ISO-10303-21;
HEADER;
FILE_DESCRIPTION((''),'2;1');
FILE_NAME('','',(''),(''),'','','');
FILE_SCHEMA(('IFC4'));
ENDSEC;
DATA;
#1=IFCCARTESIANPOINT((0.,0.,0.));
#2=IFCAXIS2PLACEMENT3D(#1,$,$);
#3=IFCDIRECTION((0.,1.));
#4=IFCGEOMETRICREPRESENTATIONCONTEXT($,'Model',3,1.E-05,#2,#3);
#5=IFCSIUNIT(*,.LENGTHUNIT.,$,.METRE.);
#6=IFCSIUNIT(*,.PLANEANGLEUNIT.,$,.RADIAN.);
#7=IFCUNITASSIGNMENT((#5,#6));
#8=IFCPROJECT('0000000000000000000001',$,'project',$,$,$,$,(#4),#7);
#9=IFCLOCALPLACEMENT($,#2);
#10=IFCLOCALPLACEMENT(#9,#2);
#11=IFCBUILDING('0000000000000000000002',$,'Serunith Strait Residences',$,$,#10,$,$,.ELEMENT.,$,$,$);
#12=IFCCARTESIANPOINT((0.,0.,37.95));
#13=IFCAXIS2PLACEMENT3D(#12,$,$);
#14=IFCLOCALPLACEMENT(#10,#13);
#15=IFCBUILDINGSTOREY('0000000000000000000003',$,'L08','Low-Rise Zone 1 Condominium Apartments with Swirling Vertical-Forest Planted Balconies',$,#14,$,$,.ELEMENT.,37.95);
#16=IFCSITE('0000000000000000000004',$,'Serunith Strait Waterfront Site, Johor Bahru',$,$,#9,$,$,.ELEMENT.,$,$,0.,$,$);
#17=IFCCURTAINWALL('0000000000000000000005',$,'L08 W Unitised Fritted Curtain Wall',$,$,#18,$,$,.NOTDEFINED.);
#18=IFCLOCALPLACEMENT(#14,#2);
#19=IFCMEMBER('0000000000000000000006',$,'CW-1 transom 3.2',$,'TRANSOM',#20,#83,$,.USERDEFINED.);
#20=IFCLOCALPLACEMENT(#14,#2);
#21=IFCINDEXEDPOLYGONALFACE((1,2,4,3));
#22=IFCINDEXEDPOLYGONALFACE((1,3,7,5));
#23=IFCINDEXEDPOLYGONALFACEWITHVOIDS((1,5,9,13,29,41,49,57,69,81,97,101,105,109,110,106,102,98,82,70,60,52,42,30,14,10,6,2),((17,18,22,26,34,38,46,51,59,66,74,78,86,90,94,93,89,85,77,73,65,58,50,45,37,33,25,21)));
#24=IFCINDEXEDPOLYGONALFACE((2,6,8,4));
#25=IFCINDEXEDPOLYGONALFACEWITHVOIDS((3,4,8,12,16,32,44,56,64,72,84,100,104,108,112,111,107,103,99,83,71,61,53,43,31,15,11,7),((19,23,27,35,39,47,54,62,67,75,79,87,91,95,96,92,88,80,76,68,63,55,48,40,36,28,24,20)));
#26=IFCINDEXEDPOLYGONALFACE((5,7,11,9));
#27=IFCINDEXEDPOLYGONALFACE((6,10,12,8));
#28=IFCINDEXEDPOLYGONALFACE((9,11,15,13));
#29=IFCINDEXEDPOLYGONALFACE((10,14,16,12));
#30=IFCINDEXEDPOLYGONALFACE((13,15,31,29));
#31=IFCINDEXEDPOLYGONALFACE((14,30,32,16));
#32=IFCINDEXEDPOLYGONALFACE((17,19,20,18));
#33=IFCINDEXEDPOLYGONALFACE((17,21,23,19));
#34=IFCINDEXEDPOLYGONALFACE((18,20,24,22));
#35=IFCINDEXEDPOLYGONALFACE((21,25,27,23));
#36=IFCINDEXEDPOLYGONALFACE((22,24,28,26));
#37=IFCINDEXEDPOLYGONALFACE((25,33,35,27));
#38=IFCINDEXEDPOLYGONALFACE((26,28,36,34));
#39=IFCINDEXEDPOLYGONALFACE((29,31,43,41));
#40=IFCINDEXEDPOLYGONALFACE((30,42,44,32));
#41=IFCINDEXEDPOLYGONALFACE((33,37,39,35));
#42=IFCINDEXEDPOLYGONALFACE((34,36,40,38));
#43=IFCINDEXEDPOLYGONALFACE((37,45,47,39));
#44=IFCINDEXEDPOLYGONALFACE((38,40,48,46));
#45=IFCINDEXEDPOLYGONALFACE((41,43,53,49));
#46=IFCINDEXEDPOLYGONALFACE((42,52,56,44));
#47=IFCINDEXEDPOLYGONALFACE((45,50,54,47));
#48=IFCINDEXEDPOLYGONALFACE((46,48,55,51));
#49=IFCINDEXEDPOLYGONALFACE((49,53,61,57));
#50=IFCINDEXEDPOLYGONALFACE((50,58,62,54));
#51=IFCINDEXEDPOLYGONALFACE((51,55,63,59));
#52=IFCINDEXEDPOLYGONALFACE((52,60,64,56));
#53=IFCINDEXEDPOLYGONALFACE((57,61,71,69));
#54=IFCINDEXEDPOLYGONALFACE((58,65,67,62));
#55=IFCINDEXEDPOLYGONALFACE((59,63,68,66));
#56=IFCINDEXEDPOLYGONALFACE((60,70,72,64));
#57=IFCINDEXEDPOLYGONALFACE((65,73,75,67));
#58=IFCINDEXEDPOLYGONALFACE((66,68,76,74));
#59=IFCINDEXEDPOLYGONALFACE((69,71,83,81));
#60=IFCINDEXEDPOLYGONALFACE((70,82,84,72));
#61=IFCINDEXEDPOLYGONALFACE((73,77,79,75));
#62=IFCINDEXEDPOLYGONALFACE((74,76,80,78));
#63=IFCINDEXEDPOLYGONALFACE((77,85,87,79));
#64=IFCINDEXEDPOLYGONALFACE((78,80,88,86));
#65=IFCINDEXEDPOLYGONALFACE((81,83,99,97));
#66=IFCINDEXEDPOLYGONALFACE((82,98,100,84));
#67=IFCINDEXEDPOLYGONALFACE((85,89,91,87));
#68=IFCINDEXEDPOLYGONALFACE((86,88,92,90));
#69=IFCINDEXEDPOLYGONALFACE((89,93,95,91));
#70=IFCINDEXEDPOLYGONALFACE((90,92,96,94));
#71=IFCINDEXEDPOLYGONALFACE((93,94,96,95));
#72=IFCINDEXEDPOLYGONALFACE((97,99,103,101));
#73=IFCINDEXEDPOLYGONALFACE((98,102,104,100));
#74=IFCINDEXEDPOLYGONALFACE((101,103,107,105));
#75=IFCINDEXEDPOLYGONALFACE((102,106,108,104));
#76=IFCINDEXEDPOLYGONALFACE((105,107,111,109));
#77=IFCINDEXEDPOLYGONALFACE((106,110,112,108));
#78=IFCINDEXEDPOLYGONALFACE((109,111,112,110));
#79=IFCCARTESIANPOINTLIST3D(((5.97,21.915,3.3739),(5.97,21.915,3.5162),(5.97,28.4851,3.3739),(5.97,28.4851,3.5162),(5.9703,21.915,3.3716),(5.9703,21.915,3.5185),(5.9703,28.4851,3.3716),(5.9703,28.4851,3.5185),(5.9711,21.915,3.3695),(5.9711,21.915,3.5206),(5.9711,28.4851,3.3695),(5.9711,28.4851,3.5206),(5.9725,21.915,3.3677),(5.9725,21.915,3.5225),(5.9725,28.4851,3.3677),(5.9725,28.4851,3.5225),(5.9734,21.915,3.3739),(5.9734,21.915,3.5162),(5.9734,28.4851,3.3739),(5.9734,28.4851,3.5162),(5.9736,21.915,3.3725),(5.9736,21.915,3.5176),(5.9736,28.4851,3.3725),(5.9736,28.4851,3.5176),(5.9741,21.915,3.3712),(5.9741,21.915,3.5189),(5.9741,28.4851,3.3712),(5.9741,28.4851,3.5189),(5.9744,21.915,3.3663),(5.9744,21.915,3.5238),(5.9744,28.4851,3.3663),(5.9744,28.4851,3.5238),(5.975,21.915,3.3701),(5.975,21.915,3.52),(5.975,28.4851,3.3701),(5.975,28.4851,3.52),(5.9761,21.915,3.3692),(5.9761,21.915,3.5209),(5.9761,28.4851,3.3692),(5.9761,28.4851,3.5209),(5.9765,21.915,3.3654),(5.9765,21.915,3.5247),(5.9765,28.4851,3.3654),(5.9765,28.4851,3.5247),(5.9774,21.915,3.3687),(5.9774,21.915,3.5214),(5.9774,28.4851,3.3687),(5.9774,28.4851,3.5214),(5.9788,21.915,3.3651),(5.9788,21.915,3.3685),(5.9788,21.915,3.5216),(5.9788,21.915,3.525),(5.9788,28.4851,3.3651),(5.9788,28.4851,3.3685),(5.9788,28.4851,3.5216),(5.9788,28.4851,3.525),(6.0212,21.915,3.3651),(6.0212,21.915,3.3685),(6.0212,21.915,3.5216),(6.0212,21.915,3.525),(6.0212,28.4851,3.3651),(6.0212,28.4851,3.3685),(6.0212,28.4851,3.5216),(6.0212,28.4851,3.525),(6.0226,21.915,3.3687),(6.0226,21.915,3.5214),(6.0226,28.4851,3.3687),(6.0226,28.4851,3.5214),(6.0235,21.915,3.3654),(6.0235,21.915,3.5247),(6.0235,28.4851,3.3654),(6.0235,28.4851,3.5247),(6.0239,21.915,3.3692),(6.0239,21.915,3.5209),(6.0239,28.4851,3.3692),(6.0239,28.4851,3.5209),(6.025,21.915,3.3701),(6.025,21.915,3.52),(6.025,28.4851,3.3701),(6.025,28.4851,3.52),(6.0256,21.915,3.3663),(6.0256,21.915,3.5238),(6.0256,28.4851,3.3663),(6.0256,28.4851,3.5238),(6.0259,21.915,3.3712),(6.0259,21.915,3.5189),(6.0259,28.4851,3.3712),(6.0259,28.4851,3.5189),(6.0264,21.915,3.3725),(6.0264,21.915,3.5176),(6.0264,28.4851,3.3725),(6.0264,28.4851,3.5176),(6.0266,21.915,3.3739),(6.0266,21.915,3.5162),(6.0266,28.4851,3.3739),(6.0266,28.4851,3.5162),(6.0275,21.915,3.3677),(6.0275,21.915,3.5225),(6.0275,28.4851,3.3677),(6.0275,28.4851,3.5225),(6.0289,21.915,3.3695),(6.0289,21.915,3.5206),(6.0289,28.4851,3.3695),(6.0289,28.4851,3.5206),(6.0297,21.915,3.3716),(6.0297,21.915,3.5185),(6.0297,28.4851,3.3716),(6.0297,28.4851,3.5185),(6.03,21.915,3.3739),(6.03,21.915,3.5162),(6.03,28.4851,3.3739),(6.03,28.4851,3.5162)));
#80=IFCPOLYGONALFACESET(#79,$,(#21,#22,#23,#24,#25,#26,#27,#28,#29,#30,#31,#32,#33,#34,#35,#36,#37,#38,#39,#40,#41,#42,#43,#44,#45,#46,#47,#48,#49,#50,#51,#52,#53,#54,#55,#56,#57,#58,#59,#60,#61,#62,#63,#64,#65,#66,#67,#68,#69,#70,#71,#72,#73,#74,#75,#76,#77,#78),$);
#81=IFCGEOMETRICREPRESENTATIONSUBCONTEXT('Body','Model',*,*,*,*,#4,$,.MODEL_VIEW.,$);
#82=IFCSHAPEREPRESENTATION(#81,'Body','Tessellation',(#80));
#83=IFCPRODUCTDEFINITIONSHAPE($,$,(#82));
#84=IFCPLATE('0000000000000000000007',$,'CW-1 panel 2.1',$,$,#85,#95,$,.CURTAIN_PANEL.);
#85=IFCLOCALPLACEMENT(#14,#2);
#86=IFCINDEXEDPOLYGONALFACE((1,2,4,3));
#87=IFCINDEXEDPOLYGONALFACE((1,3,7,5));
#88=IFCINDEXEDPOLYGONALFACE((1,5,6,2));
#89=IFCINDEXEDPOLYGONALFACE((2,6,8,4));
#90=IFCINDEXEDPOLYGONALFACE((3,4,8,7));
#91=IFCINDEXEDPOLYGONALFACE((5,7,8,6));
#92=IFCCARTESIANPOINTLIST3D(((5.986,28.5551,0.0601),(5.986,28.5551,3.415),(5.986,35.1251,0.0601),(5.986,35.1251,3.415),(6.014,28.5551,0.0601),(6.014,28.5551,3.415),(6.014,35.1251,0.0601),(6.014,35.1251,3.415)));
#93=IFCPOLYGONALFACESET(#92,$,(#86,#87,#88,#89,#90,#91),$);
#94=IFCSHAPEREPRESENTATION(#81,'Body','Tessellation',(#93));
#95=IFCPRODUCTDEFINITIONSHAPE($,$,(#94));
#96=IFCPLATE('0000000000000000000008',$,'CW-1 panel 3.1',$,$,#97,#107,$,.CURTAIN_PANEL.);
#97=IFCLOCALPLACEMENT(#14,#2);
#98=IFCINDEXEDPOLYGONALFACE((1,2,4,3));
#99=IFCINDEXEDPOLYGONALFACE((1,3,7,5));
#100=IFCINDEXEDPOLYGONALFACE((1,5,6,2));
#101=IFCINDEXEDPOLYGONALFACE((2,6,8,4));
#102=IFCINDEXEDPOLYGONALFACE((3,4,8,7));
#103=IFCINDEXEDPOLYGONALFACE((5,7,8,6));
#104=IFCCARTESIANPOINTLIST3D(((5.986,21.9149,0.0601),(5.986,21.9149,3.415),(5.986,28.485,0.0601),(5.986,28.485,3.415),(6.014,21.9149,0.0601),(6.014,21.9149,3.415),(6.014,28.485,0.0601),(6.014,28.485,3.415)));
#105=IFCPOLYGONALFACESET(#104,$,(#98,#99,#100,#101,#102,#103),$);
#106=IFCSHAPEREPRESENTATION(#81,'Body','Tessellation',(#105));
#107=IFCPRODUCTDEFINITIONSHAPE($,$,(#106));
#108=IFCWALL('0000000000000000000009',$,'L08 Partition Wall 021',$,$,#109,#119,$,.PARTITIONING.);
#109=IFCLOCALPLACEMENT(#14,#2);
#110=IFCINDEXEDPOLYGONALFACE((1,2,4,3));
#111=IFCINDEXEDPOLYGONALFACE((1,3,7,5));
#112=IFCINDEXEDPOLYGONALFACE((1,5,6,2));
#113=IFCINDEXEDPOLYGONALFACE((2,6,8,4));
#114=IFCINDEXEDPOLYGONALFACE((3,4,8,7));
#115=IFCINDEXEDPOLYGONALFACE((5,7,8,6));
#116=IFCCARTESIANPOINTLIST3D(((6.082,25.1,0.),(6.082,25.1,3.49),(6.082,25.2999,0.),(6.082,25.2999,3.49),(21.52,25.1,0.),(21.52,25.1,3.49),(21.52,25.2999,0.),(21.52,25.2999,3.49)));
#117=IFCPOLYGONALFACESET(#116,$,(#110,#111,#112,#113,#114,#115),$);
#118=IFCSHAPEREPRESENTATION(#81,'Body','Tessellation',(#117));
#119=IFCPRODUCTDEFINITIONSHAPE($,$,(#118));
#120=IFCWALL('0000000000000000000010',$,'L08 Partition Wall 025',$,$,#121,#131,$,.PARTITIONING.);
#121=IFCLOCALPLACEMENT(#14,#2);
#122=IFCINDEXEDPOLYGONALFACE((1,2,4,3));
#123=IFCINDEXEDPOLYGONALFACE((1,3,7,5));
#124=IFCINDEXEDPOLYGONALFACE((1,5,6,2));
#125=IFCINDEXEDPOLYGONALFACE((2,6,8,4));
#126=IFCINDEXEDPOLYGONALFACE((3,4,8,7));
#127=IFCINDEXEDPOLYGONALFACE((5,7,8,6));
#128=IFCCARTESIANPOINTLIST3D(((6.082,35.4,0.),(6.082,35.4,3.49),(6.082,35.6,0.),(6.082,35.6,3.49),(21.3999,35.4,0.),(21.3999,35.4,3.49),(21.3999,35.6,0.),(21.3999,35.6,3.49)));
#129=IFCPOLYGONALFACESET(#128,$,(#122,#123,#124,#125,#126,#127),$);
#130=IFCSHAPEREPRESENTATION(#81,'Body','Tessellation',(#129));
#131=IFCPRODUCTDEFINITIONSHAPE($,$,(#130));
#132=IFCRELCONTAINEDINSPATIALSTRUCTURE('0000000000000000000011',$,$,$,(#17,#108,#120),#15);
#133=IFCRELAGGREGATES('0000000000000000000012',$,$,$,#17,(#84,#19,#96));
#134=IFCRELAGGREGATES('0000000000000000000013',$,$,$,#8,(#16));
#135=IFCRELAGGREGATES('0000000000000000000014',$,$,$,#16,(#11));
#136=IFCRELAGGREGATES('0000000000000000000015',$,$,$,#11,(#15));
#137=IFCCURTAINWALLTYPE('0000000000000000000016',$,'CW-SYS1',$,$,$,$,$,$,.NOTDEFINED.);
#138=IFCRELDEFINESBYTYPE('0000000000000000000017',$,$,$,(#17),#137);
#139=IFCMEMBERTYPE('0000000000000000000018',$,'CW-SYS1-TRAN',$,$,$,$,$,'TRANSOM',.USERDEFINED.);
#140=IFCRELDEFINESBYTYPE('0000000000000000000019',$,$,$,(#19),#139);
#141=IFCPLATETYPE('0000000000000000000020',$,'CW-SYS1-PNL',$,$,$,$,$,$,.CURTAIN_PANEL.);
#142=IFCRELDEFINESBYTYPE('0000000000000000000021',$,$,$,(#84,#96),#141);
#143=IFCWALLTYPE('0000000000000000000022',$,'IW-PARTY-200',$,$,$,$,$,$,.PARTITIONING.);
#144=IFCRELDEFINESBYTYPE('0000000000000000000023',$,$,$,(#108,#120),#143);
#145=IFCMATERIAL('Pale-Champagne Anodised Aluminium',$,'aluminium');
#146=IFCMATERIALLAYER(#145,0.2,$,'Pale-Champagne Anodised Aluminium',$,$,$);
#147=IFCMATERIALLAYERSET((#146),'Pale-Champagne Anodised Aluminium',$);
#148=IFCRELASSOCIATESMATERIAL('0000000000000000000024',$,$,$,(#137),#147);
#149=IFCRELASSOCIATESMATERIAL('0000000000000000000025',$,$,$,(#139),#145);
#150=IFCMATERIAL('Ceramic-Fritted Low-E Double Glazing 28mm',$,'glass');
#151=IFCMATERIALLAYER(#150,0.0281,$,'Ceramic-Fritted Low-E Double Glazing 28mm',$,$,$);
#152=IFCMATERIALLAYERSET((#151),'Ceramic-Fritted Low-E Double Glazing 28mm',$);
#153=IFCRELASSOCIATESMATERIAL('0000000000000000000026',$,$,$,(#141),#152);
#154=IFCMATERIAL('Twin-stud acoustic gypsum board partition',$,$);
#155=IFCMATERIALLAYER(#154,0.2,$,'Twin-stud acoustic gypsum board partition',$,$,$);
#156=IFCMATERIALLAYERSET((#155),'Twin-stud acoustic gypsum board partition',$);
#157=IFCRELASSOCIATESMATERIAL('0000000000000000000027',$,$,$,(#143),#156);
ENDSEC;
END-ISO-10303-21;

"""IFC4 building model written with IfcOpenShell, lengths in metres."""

from ifc_helpers import new_model, si_unit, direction, frame, frame_2d, origin, origin_2d, place, context, subcontext, project, spatial, rectangle, hollow_rectangle, extrude, source, transform, mapped, material, layer, layer_set, material_profile, profile_set, type_object, element, aggregate, save


model = new_model("IFC4")

# Units and contexts
model_context = context("Model", 3, precision=1e-05, world=origin(), true_north=direction((0.0, 1.0)))
body_context = subcontext(model_context, "Body", "Model", "MODEL_VIEW")
ifc_project = project(units=[si_unit("LENGTHUNIT", "METRE"), si_unit("PLANEANGLEUNIT", "RADIAN")], contexts=[model_context])

# Site, building, storey
site_placement = place(None, origin())
site = spatial("IfcSite", under=ifc_project, at=site_placement, Name="Serunith Strait Waterfront Site, Johor Bahru", CompositionType="ELEMENT", RefElevation=0.0)
building_placement = place(site_placement, origin())
building = spatial("IfcBuilding", under=site, at=building_placement, Name="Serunith Strait Residences", CompositionType="ELEMENT")
storey_placement = place(building_placement, frame((0.0, 0.0, 37.95)))
storey = spatial("IfcBuildingStorey", under=building, at=storey_placement, Name="L08", Description="Low-Rise Zone 1 Condominium Apartments with Swirling Vertical-Forest Planted Balconies", CompositionType="ELEMENT", Elevation=37.95)

# Curtain wall, member, plates
ifc_material_1 = material(Name="Pale-Champagne Anodised Aluminium", Category="aluminium")
ifc_layer_1 = layer(ifc_material_1, 0.2, Name="Pale-Champagne Anodised Aluminium")
ifc_layer_set_1 = layer_set([ifc_layer_1], Name="Pale-Champagne Anodised Aluminium")
curtain_wall_type = type_object("IfcCurtainWallType", Name="CW-SYS1", PredefinedType="NOTDEFINED", material=ifc_layer_set_1)
curtain_wall_placement = place(storey_placement, origin())
curtain_wall = element("IfcCurtainWall", 1, at=curtain_wall_placement, inside=storey, type_object=curtain_wall_type, Name="L08 W Unitised Fritted Curtain Wall", PredefinedType="NOTDEFINED")
ifc_material_profile_1 = material_profile(ifc_material_1, hollow_rectangle(XDim=0.0601, YDim=0.1599, WallThickness=0.0034, InnerFilletRadius=0.0054, OuterFilletRadius=0.0088, at=origin_2d()), Name="ALU 160x60x3.5")
ifc_profile_set_1 = profile_set([ifc_material_profile_1], Name="Pale-Champagne Anodised Aluminium")
member_type_1 = type_object("IfcMemberType", Name="CW-SYS1-TRAN", ElementType="TRANSOM", PredefinedType="USERDEFINED", material=ifc_profile_set_1)
shared_shape_1 = source(origin(), body_context, "Body", "SweptSolid", [
    extrude(hollow_rectangle(XDim=0.0601, YDim=0.1599, WallThickness=0.0034, InnerFilletRadius=0.0054, OuterFilletRadius=0.0088, at=origin_2d()), origin(), (0.0, 0.0, 1.0), 6.5701),
])
member_1_placement = place(storey_placement, frame((6.0, 28.4851, 3.4451), z_axis=(0.0, -1.0, 0.0), x_axis=(1.0, 0.0, 0.0)))
member_1 = element("IfcMember", 2, at=member_1_placement, type_object=member_type_1, Name="CW-1 transom 3.2", ObjectType="TRANSOM", PredefinedType="USERDEFINED", context=body_context, shape_type="MappedRepresentation", body=[
    mapped(shared_shape_1, transform((0.0, 0.0, 0.0), scale=1.0)),
])
ifc_material_2 = material(Name="Ceramic-Fritted Low-E Double Glazing 28mm", Category="glass")
ifc_layer_2 = layer(ifc_material_2, 0.0281, Name="Ceramic-Fritted Low-E Double Glazing 28mm")
ifc_layer_set_2 = layer_set([ifc_layer_2], Name="Ceramic-Fritted Low-E Double Glazing 28mm")
plate_type = type_object("IfcPlateType", Name="CW-SYS1-PNL", PredefinedType="CURTAIN_PANEL", material=ifc_layer_set_2)
shared_shape_2 = source(origin(), body_context, "Body", "SweptSolid", [
    extrude(rectangle(XDim=6.5701, YDim=0.0281, at=origin_2d()), origin(), (0.0, 0.0, 1.0), 3.355),
])
plate_1_placement = place(storey_placement, frame((6.0, 31.8401, 0.0601), z_axis=(0.0, 0.0, 1.0), x_axis=(0.0, -1.0, 0.0)))
plate_1 = element("IfcPlate", 3, at=plate_1_placement, type_object=plate_type, Name="CW-1 panel 2.1", PredefinedType="CURTAIN_PANEL", context=body_context, shape_type="MappedRepresentation", body=[
    mapped(shared_shape_2, transform((0.0, 0.0, 0.0), scale=1.0)),
])
plate_2_placement = place(storey_placement, frame((6.0, 25.2, 0.0601), z_axis=(0.0, 0.0, 1.0), x_axis=(0.0, -1.0, 0.0)))
plate_2 = element("IfcPlate", 4, at=plate_2_placement, type_object=plate_type, Name="CW-1 panel 3.1", PredefinedType="CURTAIN_PANEL", context=body_context, shape_type="MappedRepresentation", body=[
    mapped(shared_shape_2, transform((0.0, 0.0, 0.0), scale=1.0)),
])
aggregate(curtain_wall, [plate_1, member_1, plate_2])

# Walls
ifc_material_3 = material(Name="Twin-stud acoustic gypsum board partition")
ifc_layer_3 = layer(ifc_material_3, 0.2, Name="Twin-stud acoustic gypsum board partition")
ifc_layer_set_3 = layer_set([ifc_layer_3], Name="Twin-stud acoustic gypsum board partition")
wall_type = type_object("IfcWallType", Name="IW-PARTY-200", PredefinedType="PARTITIONING", material=ifc_layer_set_3)
wall_1_placement = place(storey_placement, frame((6.082, 25.2, 0.0), z_axis=(0.0, 0.0, 1.0), x_axis=(1.0, 0.0, 0.0)))
element("IfcWall", 5, at=wall_1_placement, inside=storey, type_object=wall_type, Name="L08 Partition Wall 021", PredefinedType="PARTITIONING", context=body_context, shape_type="SweptSolid", body=[
    extrude(rectangle(XDim=15.438, YDim=0.2, at=frame_2d((7.719, 0.0))), origin(), (0.0, 0.0, 1.0), 3.49),
])
wall_2_placement = place(storey_placement, frame((6.082, 35.5, 0.0), z_axis=(0.0, 0.0, 1.0), x_axis=(1.0, 0.0, 0.0)))
element("IfcWall", 6, at=wall_2_placement, inside=storey, type_object=wall_type, Name="L08 Partition Wall 025", PredefinedType="PARTITIONING", context=body_context, shape_type="SweptSolid", body=[
    extrude(rectangle(XDim=15.3179, YDim=0.2, at=frame_2d((7.6589, 0.0))), origin(), (0.0, 0.0, 1.0), 3.49),
])

save(model, "model.ifc")
